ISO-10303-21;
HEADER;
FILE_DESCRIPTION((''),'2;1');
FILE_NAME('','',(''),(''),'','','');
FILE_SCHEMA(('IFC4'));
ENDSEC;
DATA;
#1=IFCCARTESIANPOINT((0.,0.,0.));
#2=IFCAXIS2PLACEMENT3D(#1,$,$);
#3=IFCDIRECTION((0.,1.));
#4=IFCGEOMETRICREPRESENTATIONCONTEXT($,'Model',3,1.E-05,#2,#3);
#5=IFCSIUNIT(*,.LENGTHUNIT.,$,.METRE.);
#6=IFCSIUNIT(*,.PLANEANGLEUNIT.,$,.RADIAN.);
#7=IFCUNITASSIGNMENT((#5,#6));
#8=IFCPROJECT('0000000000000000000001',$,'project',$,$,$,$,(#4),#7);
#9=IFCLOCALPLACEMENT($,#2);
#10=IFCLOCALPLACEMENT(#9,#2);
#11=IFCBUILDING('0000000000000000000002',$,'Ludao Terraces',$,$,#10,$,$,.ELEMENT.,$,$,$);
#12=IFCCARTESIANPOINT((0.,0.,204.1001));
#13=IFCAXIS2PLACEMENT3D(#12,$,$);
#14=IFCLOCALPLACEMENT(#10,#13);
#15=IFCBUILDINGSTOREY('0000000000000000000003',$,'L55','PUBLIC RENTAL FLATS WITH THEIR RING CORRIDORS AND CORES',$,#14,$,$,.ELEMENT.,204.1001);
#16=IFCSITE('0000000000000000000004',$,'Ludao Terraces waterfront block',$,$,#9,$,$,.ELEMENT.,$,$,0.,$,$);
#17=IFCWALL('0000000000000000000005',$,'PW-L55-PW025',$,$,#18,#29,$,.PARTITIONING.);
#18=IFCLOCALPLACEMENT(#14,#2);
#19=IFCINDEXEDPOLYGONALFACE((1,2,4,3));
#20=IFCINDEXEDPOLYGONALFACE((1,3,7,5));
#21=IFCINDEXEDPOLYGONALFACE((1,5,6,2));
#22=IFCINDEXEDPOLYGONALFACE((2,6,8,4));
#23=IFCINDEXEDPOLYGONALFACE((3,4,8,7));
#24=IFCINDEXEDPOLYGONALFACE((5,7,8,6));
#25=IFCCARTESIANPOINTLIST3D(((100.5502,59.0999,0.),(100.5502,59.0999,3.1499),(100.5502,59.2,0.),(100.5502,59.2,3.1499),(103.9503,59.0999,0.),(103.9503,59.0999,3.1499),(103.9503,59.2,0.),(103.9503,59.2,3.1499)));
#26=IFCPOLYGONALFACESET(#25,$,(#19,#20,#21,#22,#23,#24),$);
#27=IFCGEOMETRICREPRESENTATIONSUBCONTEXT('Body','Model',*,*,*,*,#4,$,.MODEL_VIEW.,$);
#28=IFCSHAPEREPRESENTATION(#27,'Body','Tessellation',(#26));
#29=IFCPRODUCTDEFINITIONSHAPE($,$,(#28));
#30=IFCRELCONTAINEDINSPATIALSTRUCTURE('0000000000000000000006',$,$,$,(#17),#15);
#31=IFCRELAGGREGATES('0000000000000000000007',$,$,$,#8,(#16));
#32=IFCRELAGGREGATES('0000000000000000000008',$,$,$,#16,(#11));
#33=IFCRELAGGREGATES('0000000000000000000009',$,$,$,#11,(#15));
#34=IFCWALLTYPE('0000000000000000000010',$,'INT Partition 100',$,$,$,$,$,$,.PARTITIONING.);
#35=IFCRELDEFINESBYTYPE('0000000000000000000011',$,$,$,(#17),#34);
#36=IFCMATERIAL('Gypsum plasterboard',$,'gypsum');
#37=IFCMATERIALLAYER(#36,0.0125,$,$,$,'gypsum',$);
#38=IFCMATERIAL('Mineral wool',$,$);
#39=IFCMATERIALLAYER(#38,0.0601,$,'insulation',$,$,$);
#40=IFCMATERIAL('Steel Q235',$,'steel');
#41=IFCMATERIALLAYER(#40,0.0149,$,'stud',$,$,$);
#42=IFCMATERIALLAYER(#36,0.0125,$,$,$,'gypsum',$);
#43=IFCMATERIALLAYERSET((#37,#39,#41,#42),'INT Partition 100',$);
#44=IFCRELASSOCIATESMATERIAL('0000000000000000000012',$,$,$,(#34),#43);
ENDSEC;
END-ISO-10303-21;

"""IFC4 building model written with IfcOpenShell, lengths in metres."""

from ifc_helpers import new_model, si_unit, direction, frame, frame_2d, origin, place, context, subcontext, project, spatial, rectangle, extrude, material, layer, layer_set, type_object, element, save


model = new_model("IFC4")

# Units and contexts
model_context = context("Model", 3, precision=1e-05, world=origin(), true_north=direction((0.0, 1.0)))
body_context = subcontext(model_context, "Body", "Model", "MODEL_VIEW")
ifc_project = project(units=[si_unit("LENGTHUNIT", "METRE"), si_unit("PLANEANGLEUNIT", "RADIAN")], contexts=[model_context])

# Site, building, storey
site_placement = place(None, origin())
site = spatial("IfcSite", under=ifc_project, at=site_placement, Name="Ludao Terraces waterfront block", CompositionType="ELEMENT", RefElevation=0.0)
building_placement = place(site_placement, origin())
building = spatial("IfcBuilding", under=site, at=building_placement, Name="Ludao Terraces", CompositionType="ELEMENT")
storey_placement = place(building_placement, frame((0.0, 0.0, 204.1001)))
storey = spatial("IfcBuildingStorey", under=building, at=storey_placement, Name="L55", Description="PUBLIC RENTAL FLATS WITH THEIR RING CORRIDORS AND CORES", CompositionType="ELEMENT", Elevation=204.1001)

# Shared definitions
ifc_material_1 = material(Name="Mineral wool")

# Wall
ifc_material_2 = material(Name="Gypsum plasterboard", Category="gypsum")
ifc_layer_1 = layer(ifc_material_2, 0.0125, Category="gypsum")
ifc_layer_2 = layer(ifc_material_1, 0.0601, Name="insulation")
ifc_material_3 = material(Name="Steel Q235", Category="steel")
ifc_layer_3 = layer(ifc_material_3, 0.0149, Name="stud")
ifc_layer_4 = layer(ifc_material_2, 0.0125, Category="gypsum")
ifc_layer_set_1 = layer_set([ifc_layer_1, ifc_layer_2, ifc_layer_3, ifc_layer_4], Name="INT Partition 100")
wall_type_1 = type_object("IfcWallType", Name="INT Partition 100", PredefinedType="PARTITIONING", material=ifc_layer_set_1)
wall_1_placement = place(storey_placement, frame((100.55, 59.1499, 0.0), z_axis=(0.0, 0.0, 1.0), x_axis=(1.0, 0.0, 0.0)))
element("IfcWall", 1, at=wall_1_placement, inside=storey, type_object=wall_type_1, Name="PW-L55-PW025", PredefinedType="PARTITIONING", context=body_context, shape_type="SweptSolid", body=[
    extrude(rectangle(XDim=3.4001, YDim=0.1001, at=frame_2d((1.7002, 0.0))), origin(), (0.0, 0.0, 1.0), 3.1499),
])

save(model, "model.ifc")
